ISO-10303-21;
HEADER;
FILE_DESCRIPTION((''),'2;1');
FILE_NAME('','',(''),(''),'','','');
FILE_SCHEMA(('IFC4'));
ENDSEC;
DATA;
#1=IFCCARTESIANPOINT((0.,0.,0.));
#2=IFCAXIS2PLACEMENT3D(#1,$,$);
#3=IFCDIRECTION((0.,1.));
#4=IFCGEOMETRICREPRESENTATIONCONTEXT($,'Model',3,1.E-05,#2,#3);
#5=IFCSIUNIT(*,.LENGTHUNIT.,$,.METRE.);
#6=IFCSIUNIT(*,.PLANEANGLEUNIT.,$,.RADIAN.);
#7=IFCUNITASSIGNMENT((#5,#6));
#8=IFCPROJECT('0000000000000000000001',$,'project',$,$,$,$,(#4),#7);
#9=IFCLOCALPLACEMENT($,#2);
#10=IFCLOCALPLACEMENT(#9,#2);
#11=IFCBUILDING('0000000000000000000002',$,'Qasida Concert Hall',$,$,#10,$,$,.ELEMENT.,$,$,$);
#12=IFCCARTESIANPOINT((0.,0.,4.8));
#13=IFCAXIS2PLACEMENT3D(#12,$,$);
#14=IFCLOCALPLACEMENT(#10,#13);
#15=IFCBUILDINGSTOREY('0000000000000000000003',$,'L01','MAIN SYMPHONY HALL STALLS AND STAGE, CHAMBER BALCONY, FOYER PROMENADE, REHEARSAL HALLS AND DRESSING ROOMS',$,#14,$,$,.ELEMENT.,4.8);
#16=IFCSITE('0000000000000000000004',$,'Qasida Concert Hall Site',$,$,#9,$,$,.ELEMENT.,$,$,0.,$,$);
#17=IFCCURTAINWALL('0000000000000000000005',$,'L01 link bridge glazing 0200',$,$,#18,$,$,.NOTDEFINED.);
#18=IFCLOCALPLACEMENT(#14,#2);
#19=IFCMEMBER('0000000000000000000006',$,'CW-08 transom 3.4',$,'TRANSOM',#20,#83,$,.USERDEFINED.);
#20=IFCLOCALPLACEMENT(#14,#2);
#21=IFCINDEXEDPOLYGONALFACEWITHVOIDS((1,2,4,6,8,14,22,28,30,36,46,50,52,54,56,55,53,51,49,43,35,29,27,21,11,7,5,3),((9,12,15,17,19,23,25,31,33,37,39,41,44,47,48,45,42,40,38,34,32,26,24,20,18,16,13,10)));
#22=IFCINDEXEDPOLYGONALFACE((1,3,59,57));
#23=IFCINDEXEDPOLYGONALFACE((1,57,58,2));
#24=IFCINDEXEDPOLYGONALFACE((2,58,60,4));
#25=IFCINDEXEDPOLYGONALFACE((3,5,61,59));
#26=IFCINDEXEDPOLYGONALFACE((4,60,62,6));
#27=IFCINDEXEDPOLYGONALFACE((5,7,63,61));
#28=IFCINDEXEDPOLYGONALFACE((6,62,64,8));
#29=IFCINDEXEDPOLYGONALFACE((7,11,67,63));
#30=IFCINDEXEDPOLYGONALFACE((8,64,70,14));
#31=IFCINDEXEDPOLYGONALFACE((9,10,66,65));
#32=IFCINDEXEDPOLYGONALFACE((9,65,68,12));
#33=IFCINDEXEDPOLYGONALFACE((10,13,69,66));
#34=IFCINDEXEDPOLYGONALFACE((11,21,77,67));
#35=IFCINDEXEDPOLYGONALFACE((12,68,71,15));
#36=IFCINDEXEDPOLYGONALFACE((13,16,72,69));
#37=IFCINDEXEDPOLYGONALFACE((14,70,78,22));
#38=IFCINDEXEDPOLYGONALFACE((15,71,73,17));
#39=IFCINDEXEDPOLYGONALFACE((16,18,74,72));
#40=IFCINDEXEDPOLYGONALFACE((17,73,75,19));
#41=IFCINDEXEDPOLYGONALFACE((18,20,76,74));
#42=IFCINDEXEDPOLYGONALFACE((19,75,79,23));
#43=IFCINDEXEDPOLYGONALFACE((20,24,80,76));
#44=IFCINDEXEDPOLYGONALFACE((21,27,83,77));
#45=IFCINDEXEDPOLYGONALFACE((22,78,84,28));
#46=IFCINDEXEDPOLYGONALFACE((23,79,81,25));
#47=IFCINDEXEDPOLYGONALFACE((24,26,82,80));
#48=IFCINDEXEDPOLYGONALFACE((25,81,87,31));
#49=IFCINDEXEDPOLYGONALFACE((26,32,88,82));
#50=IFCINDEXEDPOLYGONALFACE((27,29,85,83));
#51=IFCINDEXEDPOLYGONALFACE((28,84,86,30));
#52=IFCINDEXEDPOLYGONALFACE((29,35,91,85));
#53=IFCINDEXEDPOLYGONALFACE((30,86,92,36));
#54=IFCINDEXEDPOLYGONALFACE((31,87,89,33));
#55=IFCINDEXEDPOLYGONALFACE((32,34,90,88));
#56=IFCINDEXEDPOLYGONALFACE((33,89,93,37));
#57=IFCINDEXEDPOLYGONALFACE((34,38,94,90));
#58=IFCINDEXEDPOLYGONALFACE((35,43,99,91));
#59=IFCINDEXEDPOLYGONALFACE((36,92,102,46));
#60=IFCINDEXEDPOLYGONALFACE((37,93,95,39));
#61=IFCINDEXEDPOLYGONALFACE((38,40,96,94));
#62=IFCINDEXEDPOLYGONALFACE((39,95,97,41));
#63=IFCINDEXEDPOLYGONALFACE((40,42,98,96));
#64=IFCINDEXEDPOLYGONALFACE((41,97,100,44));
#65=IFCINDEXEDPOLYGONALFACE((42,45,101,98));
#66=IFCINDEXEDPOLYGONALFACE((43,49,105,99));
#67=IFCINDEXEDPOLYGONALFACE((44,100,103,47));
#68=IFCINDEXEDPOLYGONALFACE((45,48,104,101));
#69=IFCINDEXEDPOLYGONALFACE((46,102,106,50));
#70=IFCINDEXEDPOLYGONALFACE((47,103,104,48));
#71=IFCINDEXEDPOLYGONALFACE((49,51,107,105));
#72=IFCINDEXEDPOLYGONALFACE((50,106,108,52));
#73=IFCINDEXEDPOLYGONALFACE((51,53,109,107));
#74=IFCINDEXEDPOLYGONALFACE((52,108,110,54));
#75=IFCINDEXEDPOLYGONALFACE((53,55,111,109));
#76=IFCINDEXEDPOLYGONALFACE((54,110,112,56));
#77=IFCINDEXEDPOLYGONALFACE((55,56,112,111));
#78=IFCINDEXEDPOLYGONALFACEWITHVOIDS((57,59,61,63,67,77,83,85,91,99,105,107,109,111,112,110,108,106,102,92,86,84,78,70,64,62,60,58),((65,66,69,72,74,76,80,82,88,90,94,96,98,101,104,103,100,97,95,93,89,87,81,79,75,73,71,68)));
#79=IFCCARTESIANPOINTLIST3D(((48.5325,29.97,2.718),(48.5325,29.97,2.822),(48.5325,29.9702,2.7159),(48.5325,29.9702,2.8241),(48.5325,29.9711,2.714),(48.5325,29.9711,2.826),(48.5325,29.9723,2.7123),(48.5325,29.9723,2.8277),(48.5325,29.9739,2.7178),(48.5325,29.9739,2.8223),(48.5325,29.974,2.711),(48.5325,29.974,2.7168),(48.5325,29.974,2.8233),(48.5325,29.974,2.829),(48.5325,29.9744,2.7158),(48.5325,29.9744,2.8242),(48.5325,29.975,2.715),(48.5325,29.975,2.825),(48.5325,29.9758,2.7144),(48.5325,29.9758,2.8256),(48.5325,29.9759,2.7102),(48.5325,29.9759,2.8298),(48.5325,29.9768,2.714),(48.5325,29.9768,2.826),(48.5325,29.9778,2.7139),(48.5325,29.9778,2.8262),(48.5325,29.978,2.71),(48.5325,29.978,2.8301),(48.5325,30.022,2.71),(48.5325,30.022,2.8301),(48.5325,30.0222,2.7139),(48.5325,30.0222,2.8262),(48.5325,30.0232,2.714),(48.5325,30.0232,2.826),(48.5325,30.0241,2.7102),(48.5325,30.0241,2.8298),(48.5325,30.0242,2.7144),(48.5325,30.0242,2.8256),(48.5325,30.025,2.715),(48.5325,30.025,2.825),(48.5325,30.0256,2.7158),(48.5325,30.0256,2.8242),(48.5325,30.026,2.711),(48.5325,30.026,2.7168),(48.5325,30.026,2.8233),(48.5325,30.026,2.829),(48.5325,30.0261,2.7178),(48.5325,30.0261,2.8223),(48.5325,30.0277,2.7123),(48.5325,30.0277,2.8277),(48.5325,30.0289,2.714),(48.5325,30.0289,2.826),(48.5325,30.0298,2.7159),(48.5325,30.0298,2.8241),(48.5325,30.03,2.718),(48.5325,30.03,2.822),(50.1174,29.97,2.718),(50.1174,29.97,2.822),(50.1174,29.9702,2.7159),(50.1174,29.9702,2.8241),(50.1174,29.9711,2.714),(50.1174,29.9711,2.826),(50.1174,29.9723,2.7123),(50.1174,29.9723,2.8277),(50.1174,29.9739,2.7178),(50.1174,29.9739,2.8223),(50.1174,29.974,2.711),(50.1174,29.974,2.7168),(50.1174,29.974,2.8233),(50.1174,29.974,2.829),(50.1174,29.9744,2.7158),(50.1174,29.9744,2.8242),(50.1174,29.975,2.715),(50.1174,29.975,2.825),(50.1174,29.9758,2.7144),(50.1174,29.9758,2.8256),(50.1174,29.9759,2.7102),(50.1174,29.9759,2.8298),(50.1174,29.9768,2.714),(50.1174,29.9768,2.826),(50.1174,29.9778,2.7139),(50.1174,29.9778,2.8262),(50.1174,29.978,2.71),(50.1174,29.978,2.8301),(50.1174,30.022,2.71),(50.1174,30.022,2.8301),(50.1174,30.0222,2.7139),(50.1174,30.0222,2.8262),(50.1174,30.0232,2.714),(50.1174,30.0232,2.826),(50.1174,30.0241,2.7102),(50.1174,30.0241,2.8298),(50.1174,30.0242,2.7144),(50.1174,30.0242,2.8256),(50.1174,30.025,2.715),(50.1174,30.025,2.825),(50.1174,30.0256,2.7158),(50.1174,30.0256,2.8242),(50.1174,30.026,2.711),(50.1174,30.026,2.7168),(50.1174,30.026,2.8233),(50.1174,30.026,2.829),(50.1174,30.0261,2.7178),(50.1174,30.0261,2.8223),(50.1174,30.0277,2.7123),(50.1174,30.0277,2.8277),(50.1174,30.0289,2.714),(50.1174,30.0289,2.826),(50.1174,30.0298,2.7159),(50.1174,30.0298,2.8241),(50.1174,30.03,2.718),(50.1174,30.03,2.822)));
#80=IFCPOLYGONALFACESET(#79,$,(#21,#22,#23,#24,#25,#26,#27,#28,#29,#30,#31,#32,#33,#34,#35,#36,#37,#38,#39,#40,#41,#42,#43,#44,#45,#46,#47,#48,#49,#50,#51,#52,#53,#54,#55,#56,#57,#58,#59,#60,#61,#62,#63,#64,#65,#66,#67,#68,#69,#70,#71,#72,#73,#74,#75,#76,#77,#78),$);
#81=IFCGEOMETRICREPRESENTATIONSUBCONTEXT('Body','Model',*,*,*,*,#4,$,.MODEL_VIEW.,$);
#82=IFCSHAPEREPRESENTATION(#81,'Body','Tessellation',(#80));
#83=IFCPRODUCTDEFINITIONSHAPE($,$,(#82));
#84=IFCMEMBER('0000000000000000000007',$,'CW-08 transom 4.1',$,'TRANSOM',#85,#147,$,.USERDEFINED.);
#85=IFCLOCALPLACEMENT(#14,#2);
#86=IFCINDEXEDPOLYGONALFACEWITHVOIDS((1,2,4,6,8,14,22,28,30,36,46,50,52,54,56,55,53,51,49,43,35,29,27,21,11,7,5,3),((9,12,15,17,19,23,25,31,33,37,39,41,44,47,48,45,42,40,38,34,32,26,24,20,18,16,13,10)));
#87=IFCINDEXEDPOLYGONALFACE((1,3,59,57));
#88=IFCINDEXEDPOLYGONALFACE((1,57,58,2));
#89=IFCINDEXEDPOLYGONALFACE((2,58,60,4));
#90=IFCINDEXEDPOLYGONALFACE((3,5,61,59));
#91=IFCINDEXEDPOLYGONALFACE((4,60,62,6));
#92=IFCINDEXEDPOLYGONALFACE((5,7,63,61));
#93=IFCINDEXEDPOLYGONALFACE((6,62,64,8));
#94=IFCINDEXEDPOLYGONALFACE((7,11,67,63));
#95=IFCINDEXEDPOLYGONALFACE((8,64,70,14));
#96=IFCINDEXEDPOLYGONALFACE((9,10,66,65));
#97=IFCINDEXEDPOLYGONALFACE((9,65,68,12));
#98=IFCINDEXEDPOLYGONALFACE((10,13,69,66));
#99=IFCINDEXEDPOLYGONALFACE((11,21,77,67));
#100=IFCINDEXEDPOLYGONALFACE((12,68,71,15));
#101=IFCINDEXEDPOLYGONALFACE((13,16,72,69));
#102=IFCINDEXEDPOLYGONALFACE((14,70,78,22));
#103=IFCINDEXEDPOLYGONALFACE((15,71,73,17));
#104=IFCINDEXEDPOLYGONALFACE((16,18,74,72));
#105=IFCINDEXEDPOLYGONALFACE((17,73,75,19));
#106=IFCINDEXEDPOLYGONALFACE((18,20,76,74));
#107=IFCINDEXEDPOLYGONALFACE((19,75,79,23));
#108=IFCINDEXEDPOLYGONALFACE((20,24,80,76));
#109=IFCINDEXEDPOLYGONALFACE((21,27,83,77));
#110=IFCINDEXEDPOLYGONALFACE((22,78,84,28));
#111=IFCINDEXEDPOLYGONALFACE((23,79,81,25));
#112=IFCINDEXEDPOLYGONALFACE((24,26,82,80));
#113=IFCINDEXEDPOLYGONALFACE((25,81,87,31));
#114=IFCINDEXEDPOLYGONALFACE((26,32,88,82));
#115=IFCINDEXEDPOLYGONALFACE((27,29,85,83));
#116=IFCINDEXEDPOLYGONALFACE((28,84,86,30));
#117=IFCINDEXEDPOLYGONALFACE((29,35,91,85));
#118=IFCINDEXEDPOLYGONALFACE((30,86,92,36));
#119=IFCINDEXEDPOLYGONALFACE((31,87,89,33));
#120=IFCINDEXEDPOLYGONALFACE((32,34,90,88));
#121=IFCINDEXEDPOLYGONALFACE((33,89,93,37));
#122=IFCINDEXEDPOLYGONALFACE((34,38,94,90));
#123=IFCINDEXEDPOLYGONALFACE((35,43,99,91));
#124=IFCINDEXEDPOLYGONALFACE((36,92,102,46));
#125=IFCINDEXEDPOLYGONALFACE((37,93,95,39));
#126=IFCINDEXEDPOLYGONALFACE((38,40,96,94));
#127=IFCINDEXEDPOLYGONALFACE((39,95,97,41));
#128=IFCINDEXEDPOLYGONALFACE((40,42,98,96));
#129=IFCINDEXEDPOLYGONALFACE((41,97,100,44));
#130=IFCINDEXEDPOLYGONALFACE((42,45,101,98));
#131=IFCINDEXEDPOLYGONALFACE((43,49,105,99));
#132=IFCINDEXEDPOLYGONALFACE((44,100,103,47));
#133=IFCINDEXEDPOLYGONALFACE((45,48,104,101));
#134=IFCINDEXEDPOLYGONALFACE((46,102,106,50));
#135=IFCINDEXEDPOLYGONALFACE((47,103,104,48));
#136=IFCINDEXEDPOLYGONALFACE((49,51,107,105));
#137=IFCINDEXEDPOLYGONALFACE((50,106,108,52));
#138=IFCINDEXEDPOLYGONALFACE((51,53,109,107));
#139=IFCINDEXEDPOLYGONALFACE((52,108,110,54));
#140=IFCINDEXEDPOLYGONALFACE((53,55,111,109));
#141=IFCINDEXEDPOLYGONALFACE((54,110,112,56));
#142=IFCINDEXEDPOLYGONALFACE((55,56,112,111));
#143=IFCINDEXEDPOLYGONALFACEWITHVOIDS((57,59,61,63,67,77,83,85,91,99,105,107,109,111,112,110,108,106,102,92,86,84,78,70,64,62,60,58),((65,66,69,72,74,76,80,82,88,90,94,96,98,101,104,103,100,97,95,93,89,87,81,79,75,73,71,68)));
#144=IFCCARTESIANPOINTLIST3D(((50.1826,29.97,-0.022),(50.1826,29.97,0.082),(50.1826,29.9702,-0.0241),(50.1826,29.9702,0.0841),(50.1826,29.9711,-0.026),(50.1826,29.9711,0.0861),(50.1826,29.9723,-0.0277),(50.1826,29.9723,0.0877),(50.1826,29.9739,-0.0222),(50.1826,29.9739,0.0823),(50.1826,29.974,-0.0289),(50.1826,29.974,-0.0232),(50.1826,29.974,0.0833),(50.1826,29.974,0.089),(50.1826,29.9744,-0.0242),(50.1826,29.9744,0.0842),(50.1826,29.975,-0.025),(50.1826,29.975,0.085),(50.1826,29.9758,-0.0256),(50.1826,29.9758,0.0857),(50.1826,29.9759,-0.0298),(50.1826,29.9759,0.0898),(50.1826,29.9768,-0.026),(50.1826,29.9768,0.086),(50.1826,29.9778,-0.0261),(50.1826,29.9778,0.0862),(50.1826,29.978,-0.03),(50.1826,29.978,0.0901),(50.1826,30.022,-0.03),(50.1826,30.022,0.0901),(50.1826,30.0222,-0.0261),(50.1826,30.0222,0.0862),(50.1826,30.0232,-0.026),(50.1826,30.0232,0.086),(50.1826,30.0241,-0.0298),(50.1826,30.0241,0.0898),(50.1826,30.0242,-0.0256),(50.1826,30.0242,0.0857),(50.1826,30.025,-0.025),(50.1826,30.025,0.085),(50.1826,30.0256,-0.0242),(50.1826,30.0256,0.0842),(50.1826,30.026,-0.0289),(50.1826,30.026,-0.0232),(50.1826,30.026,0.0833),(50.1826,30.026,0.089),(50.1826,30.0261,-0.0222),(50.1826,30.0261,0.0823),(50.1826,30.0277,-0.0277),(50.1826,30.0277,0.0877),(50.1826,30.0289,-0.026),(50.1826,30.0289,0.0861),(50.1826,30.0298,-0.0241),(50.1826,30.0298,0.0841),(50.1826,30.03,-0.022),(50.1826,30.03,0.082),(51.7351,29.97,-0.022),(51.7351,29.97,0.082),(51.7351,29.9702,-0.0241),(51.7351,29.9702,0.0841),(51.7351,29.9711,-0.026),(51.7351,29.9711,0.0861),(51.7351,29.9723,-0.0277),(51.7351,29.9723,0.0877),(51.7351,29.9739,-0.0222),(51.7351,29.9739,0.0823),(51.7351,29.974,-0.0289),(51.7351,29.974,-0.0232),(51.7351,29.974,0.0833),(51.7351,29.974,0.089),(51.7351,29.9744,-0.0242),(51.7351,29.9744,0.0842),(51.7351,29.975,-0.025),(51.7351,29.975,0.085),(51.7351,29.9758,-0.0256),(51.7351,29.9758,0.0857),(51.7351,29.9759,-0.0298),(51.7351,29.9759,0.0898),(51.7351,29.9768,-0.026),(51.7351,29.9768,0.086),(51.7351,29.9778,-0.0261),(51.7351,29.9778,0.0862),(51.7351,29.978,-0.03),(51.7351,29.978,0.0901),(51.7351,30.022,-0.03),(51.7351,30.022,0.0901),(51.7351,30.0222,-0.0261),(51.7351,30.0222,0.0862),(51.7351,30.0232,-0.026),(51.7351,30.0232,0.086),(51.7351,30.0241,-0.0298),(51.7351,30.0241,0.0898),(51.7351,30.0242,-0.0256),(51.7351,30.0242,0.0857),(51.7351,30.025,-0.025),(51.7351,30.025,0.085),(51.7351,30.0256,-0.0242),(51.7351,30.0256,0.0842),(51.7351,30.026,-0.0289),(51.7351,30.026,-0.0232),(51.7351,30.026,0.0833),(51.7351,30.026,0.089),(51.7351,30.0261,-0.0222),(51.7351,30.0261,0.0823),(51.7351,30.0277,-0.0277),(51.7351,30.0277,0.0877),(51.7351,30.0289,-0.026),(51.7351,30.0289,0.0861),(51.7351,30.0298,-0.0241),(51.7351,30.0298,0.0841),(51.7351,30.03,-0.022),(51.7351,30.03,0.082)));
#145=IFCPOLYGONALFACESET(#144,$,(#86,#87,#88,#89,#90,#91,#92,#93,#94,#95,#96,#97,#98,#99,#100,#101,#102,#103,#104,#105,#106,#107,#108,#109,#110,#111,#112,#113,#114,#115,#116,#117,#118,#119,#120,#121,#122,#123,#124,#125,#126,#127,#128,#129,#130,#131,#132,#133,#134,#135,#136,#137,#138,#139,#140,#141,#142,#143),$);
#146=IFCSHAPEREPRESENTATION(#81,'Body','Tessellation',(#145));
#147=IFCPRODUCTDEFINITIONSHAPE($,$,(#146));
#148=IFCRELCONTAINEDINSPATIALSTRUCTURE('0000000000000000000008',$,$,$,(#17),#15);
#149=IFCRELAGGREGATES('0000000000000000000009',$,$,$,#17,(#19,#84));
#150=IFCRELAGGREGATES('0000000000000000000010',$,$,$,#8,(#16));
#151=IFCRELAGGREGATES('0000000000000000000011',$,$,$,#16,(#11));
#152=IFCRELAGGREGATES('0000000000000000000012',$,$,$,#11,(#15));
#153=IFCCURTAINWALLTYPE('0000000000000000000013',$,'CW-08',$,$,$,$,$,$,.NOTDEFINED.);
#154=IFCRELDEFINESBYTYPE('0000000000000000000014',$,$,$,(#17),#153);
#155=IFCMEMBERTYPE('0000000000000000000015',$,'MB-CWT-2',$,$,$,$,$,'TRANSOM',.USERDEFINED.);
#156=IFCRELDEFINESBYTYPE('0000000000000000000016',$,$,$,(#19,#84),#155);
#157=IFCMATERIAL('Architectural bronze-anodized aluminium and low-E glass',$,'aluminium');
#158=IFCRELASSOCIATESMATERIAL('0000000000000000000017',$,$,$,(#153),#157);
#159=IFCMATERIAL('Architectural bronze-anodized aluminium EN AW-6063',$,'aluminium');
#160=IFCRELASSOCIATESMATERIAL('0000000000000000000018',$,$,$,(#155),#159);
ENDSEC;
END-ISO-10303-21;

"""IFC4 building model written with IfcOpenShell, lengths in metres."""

from ifc_helpers import new_model, si_unit, direction, frame, origin, origin_2d, place, context, subcontext, project, spatial, hollow_rectangle, extrude, material, material_profile, profile_set, type_object, element, aggregate, save


model = new_model("IFC4")

# Units and contexts
model_context = context("Model", 3, precision=1e-05, world=origin(), true_north=direction((0.0, 1.0)))
body_context = subcontext(model_context, "Body", "Model", "MODEL_VIEW")
ifc_project = project(units=[si_unit("LENGTHUNIT", "METRE"), si_unit("PLANEANGLEUNIT", "RADIAN")], contexts=[model_context])

# Site, building, storey
site_placement = place(None, origin())
site = spatial("IfcSite", under=ifc_project, at=site_placement, Name="Qasida Concert Hall Site", CompositionType="ELEMENT", RefElevation=0.0)
building_placement = place(site_placement, origin())
building = spatial("IfcBuilding", under=site, at=building_placement, Name="Qasida Concert Hall", CompositionType="ELEMENT")
storey_placement = place(building_placement, frame((0.0, 0.0, 4.8)))
storey = spatial("IfcBuildingStorey", under=building, at=storey_placement, Name="L01", Description="MAIN SYMPHONY HALL STALLS AND STAGE, CHAMBER BALCONY, FOYER PROMENADE, REHEARSAL HALLS AND DRESSING ROOMS", CompositionType="ELEMENT", Elevation=4.8)

# Curtain wall, members
ifc_material_1 = material(Name="Architectural bronze-anodized aluminium and low-E glass", Category="aluminium")
curtain_wall_type = type_object("IfcCurtainWallType", Name="CW-08", PredefinedType="NOTDEFINED", material=ifc_material_1)
curtain_wall_1_placement = place(storey_placement, origin())
curtain_wall_1 = element("IfcCurtainWall", 1, at=curtain_wall_1_placement, inside=storey, type_object=curtain_wall_type, Name="L01 link bridge glazing 0200", PredefinedType="NOTDEFINED")
ifc_material_2 = material(Name="Architectural bronze-anodized aluminium EN AW-6063", Category="aluminium")
ifc_material_profile_1 = material_profile(ifc_material_2, hollow_rectangle(XDim=0.0601, YDim=0.1201, WallThickness=0.0039, InnerFilletRadius=0.0039, OuterFilletRadius=0.0081, at=origin_2d()), Name="CWT 120x60x4")
ifc_profile_set_1 = profile_set([ifc_material_profile_1], Name="Architectural bronze-anodized aluminium EN AW-6063")
member_type_1 = type_object("IfcMemberType", Name="MB-CWT-2", ElementType="TRANSOM", PredefinedType="USERDEFINED", material=ifc_profile_set_1)
member_1_placement = place(storey_placement, frame((48.5325, 30.0, 2.77), z_axis=(1.0, 0.0, 0.0), x_axis=(0.0, 1.0, 0.0)))
member_1 = element("IfcMember", 2, at=member_1_placement, type_object=member_type_1, Name="CW-08 transom 3.4", ObjectType="TRANSOM", PredefinedType="USERDEFINED", context=body_context, shape_type="SweptSolid", body=[
    extrude(hollow_rectangle(XDim=0.0601, YDim=0.1201, WallThickness=0.0039, InnerFilletRadius=0.0039, OuterFilletRadius=0.0081, at=origin_2d()), origin(), (0.0, 0.0, 1.0), 1.585),
])
member_2_placement = place(storey_placement, frame((50.1826, 30.0, 0.03), z_axis=(1.0, 0.0, 0.0), x_axis=(0.0, 1.0, 0.0)))
member_2 = element("IfcMember", 3, at=member_2_placement, type_object=member_type_1, Name="CW-08 transom 4.1", ObjectType="TRANSOM", PredefinedType="USERDEFINED", context=body_context, shape_type="SweptSolid", body=[
    extrude(hollow_rectangle(XDim=0.0601, YDim=0.1201, WallThickness=0.0039, InnerFilletRadius=0.0039, OuterFilletRadius=0.0081, at=origin_2d()), origin(), (0.0, 0.0, 1.0), 1.5525),
])
aggregate(curtain_wall_1, [member_1, member_2])

save(model, "model.ifc")
